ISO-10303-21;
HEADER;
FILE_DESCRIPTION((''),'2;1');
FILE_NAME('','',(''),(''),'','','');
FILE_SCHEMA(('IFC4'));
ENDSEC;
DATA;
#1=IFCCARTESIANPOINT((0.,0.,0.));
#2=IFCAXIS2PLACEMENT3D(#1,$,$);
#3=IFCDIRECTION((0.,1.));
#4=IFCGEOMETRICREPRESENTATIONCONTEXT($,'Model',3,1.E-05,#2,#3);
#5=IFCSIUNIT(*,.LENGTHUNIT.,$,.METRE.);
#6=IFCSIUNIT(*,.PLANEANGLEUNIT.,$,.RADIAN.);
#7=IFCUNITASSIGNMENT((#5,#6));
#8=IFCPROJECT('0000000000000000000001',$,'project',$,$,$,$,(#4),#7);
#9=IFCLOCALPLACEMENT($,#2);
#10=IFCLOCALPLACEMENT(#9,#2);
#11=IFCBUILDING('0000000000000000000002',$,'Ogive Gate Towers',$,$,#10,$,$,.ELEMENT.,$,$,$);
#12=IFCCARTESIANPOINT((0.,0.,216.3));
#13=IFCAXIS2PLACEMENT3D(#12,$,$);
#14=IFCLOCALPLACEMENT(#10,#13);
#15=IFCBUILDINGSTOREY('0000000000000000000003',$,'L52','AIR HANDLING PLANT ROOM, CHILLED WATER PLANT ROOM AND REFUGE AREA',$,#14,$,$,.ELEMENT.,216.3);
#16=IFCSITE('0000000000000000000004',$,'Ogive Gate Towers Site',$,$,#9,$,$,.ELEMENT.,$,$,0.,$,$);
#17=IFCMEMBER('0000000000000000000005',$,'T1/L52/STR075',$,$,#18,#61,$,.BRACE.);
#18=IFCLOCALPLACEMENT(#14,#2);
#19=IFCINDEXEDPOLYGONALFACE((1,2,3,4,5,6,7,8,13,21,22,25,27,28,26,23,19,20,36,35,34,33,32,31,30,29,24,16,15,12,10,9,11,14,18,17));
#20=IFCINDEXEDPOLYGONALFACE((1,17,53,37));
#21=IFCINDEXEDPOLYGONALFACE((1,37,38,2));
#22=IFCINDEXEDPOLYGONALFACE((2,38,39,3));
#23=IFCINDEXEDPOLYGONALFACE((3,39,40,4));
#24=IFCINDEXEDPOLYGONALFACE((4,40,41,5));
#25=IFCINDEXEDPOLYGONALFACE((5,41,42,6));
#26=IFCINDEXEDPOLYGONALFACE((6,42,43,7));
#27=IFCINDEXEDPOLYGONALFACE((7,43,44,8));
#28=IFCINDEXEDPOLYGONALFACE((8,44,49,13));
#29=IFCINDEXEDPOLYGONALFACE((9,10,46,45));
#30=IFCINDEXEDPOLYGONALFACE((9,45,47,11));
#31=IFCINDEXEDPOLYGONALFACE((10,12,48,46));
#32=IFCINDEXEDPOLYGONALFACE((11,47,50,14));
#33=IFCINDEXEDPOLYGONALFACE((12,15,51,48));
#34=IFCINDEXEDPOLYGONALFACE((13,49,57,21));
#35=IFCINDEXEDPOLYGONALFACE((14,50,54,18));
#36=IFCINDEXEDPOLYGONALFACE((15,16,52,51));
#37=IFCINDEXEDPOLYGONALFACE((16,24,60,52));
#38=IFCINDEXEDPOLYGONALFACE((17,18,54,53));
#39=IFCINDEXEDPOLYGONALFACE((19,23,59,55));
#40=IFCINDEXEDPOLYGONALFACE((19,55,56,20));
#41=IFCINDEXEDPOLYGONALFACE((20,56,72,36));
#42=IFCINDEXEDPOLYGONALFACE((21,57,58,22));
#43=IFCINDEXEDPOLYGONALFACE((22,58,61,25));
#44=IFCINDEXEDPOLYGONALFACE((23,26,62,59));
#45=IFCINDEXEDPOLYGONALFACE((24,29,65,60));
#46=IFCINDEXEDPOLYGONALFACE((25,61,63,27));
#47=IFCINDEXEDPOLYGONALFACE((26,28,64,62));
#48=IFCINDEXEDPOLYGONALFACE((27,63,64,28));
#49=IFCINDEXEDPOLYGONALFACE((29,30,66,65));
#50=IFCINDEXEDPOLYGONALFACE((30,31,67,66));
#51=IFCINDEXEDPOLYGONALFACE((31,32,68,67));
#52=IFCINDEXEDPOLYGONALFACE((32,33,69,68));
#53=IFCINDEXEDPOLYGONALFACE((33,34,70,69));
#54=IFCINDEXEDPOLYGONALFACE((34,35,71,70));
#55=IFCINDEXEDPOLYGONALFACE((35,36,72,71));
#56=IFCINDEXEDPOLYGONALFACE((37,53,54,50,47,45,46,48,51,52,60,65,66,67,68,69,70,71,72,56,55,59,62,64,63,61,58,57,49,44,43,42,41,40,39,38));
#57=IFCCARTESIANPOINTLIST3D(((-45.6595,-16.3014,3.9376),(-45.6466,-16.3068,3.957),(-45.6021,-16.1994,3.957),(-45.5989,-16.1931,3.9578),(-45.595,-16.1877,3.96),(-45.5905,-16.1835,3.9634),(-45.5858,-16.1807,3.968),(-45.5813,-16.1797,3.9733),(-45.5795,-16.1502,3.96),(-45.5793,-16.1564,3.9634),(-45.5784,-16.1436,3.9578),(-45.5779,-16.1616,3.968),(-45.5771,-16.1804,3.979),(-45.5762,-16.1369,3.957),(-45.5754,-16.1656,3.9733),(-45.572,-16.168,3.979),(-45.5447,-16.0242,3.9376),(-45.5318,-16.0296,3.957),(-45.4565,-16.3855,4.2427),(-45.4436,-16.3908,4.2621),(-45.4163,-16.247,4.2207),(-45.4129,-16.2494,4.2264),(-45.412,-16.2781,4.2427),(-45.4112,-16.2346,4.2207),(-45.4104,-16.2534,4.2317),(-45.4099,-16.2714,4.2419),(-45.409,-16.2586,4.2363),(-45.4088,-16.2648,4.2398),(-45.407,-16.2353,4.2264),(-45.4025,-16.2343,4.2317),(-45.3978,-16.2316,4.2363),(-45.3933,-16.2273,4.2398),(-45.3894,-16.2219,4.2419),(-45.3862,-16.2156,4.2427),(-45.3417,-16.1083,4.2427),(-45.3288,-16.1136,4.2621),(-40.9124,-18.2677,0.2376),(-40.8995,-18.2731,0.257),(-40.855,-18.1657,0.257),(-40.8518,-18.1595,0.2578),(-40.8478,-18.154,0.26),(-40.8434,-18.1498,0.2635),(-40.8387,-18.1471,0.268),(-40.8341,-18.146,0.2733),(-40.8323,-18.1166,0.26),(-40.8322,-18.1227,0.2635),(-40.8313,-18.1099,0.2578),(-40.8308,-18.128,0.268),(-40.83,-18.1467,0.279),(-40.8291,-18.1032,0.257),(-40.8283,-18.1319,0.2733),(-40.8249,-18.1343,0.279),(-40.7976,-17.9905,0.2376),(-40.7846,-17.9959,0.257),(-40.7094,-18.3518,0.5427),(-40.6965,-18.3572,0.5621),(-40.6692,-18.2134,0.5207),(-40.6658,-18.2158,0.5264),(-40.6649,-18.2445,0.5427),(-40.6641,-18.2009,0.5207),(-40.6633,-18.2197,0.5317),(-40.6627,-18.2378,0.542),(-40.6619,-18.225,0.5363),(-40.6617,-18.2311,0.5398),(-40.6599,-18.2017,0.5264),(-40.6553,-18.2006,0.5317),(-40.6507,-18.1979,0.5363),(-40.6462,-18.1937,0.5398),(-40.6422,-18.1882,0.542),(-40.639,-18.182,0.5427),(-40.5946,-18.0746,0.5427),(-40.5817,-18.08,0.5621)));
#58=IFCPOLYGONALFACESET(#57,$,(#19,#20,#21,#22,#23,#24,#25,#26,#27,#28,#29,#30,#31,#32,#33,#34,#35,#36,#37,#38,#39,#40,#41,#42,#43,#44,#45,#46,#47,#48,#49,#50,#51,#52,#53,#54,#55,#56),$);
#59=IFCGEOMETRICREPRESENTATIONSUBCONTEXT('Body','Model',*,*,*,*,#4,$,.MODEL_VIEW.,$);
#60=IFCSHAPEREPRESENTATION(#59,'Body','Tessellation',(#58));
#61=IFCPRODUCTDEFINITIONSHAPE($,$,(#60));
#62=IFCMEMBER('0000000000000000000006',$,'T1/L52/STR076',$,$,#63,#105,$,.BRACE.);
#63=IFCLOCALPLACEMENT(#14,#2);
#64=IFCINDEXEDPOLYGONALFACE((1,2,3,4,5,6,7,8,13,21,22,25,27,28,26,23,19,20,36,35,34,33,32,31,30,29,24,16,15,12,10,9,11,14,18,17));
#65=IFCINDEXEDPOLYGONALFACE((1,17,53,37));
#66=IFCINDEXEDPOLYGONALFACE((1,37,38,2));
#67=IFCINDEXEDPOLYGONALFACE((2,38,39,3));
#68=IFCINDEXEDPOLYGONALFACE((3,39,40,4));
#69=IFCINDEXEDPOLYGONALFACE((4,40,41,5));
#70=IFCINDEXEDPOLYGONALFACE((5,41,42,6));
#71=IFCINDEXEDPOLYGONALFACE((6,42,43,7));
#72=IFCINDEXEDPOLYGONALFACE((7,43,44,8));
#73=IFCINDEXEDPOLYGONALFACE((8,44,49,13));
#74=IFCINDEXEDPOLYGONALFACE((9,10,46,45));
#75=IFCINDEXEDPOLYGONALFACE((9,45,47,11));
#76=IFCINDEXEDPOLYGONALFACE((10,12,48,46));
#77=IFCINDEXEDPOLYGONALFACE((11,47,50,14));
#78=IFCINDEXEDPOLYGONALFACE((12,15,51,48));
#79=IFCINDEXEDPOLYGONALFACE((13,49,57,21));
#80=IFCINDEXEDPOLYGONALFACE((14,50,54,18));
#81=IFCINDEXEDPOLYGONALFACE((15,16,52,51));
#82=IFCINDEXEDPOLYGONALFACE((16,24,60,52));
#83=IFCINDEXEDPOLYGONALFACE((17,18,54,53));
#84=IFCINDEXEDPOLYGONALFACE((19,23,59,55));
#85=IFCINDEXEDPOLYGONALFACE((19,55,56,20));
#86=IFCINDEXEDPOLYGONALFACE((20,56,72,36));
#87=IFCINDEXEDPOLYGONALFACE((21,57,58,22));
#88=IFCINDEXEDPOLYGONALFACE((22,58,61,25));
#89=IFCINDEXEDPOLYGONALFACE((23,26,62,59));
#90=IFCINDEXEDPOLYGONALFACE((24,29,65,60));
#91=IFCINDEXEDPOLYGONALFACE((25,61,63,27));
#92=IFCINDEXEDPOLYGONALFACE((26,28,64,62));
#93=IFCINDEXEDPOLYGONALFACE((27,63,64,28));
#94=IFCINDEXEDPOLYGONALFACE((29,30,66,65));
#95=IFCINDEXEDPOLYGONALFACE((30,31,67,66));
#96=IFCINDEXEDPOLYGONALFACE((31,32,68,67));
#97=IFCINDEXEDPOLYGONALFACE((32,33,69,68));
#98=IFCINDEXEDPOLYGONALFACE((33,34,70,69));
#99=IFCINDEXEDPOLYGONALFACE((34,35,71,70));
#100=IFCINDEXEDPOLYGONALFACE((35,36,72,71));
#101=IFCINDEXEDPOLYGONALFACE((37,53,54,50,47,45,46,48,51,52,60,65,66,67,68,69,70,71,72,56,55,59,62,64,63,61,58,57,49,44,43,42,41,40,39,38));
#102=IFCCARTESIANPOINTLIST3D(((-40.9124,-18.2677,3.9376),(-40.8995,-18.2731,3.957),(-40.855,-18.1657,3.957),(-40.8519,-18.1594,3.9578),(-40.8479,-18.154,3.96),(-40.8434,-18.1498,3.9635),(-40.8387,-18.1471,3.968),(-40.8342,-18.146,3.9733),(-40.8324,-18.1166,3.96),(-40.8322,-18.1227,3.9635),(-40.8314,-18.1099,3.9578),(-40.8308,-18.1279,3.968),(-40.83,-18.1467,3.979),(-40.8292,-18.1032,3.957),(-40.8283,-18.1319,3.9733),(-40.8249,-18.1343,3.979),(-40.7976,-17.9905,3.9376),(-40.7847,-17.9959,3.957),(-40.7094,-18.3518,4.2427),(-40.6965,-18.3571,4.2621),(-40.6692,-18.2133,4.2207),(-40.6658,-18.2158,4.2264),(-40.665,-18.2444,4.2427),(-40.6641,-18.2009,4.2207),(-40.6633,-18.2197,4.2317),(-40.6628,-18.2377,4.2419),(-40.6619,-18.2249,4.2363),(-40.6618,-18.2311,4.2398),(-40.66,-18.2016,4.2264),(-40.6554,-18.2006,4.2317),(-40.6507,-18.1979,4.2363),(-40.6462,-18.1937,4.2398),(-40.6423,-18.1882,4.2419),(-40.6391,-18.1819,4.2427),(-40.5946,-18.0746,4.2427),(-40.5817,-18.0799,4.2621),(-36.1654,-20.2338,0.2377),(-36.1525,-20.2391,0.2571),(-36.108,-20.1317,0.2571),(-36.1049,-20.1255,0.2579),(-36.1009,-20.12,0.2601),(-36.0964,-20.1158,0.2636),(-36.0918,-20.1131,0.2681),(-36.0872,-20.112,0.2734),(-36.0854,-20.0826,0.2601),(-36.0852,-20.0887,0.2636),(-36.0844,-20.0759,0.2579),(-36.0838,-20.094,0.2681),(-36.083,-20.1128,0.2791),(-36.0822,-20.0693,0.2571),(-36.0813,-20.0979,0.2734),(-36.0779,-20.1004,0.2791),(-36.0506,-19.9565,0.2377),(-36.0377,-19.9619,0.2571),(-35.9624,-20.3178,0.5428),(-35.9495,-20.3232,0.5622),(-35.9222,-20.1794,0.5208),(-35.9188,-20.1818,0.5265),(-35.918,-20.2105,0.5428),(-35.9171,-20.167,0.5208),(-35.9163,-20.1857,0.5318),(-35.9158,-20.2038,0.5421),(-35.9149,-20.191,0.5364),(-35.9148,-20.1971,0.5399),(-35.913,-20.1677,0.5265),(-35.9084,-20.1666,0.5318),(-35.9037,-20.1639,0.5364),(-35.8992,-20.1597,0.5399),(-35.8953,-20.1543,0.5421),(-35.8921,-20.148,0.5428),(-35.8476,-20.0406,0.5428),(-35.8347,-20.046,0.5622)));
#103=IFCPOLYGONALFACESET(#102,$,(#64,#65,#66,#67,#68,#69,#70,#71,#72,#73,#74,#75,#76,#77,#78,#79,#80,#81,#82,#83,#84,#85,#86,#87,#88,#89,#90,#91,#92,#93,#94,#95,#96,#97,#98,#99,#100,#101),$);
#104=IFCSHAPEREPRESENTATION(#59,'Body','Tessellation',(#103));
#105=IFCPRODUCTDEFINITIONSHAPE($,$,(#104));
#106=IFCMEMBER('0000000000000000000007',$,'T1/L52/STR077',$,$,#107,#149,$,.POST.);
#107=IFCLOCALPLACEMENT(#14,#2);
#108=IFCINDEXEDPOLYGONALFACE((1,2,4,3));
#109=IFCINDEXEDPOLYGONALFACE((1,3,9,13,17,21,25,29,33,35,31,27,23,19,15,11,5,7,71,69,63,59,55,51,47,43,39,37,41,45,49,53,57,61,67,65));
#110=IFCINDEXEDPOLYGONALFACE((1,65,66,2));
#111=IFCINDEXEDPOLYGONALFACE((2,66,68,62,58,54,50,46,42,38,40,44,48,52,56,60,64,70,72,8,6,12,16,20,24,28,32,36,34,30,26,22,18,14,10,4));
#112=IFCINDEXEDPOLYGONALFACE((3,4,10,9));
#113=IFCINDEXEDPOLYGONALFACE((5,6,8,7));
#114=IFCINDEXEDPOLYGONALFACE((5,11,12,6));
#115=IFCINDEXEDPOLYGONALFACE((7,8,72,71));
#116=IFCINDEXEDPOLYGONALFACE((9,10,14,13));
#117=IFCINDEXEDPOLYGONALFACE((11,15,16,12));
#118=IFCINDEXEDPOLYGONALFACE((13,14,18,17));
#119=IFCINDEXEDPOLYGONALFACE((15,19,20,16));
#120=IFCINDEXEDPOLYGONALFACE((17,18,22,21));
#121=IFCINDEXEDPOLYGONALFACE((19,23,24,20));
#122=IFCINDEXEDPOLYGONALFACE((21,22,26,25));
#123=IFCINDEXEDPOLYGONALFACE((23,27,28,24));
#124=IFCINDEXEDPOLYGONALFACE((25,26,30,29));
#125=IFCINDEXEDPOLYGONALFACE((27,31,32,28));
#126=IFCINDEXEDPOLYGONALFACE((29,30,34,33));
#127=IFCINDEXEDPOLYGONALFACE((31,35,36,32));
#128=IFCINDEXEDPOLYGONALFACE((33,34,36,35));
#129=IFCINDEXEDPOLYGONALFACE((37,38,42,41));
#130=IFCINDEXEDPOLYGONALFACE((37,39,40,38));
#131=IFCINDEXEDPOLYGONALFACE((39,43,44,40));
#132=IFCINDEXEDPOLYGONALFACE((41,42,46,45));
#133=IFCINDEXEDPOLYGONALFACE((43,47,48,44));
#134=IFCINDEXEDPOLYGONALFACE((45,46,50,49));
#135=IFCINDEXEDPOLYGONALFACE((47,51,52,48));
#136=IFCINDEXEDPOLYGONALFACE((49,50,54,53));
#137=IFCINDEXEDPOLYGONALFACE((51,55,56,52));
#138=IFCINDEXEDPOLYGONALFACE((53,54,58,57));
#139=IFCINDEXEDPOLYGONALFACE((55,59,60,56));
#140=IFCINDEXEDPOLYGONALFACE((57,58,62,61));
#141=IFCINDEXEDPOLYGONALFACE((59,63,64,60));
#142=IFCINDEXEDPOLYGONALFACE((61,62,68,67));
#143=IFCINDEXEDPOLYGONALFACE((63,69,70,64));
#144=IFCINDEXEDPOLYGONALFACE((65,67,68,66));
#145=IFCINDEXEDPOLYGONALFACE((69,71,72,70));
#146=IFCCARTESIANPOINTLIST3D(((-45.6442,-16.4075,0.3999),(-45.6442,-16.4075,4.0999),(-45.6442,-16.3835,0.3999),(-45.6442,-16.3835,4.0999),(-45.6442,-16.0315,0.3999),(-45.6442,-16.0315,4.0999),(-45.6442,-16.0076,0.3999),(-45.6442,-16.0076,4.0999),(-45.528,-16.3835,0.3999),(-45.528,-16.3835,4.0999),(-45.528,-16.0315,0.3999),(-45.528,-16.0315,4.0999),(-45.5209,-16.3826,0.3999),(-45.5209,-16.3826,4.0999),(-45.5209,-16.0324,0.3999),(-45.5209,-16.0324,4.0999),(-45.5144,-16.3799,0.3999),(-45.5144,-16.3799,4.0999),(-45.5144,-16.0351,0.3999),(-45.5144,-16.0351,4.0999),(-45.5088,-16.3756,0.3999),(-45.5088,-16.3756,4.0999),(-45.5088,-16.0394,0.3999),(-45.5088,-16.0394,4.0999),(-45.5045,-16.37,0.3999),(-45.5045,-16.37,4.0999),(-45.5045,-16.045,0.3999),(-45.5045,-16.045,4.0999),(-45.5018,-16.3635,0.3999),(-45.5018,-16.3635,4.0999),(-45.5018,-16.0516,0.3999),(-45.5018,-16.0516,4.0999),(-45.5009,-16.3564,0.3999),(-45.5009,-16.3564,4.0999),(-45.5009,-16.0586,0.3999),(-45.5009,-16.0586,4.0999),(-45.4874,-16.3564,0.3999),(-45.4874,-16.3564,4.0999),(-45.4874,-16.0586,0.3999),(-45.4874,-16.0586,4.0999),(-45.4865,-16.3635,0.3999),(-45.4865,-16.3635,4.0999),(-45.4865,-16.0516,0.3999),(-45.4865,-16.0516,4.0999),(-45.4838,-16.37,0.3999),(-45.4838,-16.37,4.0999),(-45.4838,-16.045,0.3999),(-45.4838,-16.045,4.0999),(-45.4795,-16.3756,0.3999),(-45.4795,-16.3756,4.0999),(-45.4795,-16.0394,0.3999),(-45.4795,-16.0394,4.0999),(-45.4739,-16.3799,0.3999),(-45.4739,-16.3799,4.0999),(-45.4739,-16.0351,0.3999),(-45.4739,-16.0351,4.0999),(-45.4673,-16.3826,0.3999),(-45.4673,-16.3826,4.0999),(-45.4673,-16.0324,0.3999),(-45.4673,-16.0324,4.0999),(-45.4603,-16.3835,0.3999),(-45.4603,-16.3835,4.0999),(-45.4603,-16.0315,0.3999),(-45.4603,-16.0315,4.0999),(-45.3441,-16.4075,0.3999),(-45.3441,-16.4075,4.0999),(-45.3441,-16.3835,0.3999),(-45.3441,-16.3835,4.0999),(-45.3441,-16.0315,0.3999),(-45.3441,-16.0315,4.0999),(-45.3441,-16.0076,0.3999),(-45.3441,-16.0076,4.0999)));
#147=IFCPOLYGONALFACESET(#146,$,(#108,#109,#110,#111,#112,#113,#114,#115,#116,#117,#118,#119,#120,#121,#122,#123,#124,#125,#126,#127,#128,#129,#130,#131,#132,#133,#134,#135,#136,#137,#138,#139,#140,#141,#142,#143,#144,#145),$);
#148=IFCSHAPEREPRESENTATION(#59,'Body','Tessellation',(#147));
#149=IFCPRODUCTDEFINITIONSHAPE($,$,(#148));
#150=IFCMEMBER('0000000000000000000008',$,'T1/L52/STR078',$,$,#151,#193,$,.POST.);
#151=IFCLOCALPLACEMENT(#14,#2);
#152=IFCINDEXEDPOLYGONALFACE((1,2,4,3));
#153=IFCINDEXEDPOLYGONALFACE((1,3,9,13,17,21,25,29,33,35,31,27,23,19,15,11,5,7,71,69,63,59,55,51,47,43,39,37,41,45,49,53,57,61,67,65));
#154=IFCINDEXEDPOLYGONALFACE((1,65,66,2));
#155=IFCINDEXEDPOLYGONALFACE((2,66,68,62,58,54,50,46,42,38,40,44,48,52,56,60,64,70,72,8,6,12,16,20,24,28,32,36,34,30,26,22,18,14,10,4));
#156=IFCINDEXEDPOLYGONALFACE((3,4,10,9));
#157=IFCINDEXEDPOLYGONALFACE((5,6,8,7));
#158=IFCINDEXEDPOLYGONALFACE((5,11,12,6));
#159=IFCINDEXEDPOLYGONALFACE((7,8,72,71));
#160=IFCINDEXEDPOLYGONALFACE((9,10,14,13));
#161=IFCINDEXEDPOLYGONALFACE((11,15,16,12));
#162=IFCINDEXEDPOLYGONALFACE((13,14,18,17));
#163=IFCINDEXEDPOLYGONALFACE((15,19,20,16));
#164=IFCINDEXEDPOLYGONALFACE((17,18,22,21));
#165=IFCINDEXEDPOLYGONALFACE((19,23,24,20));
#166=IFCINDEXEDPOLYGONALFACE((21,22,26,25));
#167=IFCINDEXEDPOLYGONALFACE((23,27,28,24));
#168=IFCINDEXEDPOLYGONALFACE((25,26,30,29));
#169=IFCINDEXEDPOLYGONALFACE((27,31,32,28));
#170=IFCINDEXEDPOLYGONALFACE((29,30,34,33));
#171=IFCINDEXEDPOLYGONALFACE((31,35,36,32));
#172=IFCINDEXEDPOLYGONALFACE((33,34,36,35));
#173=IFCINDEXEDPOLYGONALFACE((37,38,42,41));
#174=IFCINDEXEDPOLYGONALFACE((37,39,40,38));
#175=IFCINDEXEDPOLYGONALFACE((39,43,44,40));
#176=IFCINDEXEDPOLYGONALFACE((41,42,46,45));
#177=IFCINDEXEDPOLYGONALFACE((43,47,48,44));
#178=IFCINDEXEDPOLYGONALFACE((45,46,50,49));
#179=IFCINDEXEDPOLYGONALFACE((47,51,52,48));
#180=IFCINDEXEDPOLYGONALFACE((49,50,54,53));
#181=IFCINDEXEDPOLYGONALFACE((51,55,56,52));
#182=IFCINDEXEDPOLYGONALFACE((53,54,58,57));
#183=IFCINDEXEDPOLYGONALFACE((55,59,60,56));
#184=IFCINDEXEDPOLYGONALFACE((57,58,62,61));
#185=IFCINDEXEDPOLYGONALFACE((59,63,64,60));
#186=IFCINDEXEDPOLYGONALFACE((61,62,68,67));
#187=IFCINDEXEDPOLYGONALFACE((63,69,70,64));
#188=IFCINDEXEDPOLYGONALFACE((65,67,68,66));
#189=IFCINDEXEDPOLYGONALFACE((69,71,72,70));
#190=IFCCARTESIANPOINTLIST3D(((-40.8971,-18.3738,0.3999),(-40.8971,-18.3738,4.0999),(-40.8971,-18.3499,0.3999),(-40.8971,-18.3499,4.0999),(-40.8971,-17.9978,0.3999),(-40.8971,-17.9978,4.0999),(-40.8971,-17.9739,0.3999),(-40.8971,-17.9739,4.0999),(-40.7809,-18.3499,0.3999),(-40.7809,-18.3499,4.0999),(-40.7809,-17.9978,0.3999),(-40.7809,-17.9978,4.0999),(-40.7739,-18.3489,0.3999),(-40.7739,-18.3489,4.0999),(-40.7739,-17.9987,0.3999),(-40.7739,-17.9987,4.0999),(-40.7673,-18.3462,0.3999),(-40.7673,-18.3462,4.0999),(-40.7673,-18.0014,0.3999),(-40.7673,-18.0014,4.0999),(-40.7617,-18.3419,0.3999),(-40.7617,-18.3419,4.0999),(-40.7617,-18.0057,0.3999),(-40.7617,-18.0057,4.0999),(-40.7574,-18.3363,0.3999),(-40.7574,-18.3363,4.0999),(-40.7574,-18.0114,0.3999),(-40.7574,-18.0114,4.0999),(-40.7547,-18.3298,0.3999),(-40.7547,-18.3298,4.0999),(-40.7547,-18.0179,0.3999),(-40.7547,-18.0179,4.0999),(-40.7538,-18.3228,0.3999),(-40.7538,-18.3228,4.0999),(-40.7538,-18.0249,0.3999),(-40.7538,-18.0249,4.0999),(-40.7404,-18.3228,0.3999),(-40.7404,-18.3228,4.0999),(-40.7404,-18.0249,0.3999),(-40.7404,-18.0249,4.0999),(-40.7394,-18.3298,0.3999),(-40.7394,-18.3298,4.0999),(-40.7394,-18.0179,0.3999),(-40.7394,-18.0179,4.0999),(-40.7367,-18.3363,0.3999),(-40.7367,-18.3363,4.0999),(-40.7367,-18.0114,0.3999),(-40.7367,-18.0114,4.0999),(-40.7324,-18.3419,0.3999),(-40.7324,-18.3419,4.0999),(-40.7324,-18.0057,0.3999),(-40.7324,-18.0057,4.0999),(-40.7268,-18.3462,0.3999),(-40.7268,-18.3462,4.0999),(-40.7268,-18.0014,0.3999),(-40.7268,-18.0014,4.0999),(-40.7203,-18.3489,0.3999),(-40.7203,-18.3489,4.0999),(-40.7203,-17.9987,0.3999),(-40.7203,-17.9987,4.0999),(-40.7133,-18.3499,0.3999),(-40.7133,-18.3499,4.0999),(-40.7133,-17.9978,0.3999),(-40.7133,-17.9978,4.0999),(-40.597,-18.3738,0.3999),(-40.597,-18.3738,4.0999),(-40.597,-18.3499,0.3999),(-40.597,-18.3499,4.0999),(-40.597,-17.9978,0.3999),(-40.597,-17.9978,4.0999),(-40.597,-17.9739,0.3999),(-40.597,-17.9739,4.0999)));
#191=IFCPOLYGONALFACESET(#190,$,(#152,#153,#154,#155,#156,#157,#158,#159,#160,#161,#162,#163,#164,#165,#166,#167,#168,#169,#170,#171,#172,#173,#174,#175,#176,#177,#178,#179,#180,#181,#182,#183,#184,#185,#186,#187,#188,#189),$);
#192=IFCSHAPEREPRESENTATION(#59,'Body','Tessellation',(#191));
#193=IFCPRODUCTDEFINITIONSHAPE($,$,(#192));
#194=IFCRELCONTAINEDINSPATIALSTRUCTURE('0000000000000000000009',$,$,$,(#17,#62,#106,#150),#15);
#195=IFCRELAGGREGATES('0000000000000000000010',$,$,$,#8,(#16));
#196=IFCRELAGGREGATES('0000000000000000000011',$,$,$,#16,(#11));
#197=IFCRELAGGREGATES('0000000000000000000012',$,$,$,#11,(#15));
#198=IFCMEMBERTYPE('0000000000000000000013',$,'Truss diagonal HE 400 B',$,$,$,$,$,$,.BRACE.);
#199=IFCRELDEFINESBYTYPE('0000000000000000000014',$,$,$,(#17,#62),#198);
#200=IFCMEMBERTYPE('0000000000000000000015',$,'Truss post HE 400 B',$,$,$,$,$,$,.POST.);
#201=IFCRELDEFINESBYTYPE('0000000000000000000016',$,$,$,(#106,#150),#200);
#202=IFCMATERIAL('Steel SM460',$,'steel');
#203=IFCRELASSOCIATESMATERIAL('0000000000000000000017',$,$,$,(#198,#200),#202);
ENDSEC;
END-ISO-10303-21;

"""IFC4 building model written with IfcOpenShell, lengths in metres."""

from ifc_helpers import new_model, si_unit, direction, frame, origin, origin_2d, place, context, subcontext, project, spatial, i_section, extrude, material, material_profile, profile_set, type_object, element, save


model = new_model("IFC4")

# Units and contexts
model_context = context("Model", 3, precision=1e-05, world=origin(), true_north=direction((0.0, 1.0)))
body_context = subcontext(model_context, "Body", "Model", "MODEL_VIEW")
ifc_project = project(units=[si_unit("LENGTHUNIT", "METRE"), si_unit("PLANEANGLEUNIT", "RADIAN")], contexts=[model_context])

# Site, building, storey
site_placement = place(None, origin())
site = spatial("IfcSite", under=ifc_project, at=site_placement, Name="Ogive Gate Towers Site", CompositionType="ELEMENT", RefElevation=0.0)
building_placement = place(site_placement, origin())
building = spatial("IfcBuilding", under=site, at=building_placement, Name="Ogive Gate Towers", CompositionType="ELEMENT")
storey_placement = place(building_placement, frame((0.0, 0.0, 216.3)))
storey = spatial("IfcBuildingStorey", under=building, at=storey_placement, Name="L52", Description="AIR HANDLING PLANT ROOM, CHILLED WATER PLANT ROOM AND REFUGE AREA", CompositionType="ELEMENT", Elevation=216.3)

# Shared definitions
ifc_material_1 = material(Name="Steel SM460", Category="steel")

# Members
ifc_material_profile_1 = material_profile(ifc_material_1, i_section(OverallWidth=0.3, OverallDepth=0.3999, WebThickness=0.0134, FlangeThickness=0.0239, FilletRadius=0.0271, at=origin_2d()), Name="HE 400 B")
ifc_profile_set_1 = profile_set([ifc_material_profile_1], Name="Steel SM460")
member_type_1 = type_object("IfcMemberType", Name="Truss diagonal HE 400 B", PredefinedType="BRACE", material=ifc_profile_set_1)
member_1_placement = place(storey_placement, frame((-45.4941, -16.2075, 4.0999), z_axis=(0.749728, -0.310549, -0.584352), x_axis=(0.382685, 0.923879, 0.0)))
element("IfcMember", 1, at=member_1_placement, inside=storey, type_object=member_type_1, Name="T1/L52/STR075", PredefinedType="BRACE", context=body_context, shape_type="SweptSolid", body=[
    extrude(i_section(OverallWidth=0.3, OverallDepth=0.3999, WebThickness=0.0134, FlangeThickness=0.0239, FilletRadius=0.0271, at=origin_2d()), origin(), (0.0, 0.0, 1.0), 6.3318),
])
member_2_placement = place(storey_placement, frame((-40.7471, -18.1738, 4.0999), z_axis=(0.749737, -0.310514, -0.584359), x_axis=(0.382644, 0.923896, 0.0)))
element("IfcMember", 2, at=member_2_placement, inside=storey, type_object=member_type_1, Name="T1/L52/STR076", PredefinedType="BRACE", context=body_context, shape_type="SweptSolid", body=[
    extrude(i_section(OverallWidth=0.3, OverallDepth=0.3999, WebThickness=0.0134, FlangeThickness=0.0239, FilletRadius=0.0271, at=origin_2d()), origin(), (0.0, 0.0, 1.0), 6.3315),
])
ifc_material_profile_2 = material_profile(ifc_material_1, i_section(OverallWidth=0.3, OverallDepth=0.3999, WebThickness=0.0134, FlangeThickness=0.0239, FilletRadius=0.0271, at=origin_2d()), Name="HE 400 B")
ifc_profile_set_2 = profile_set([ifc_material_profile_2], Name="Steel SM460")
member_type_2 = type_object("IfcMemberType", Name="Truss post HE 400 B", PredefinedType="POST", material=ifc_profile_set_2)
for number, where, z_axis, x_axis, name in (
    (3, (-45.4941, -16.2075, 0.3999), (0.0, 0.0, 1.0), (1.0, 0.0, 0.0), "T1/L52/STR077"),
    (4, (-40.7471, -18.1738, 0.3999), (0.0, 0.0, 1.0), (1.0, 0.0, 0.0), "T1/L52/STR078"),
):
    element("IfcMember", number, at=place(storey_placement, frame(where, z_axis=z_axis, x_axis=x_axis)), inside=storey, type_object=member_type_2, Name=name, PredefinedType="POST", context=body_context, shape_type="SweptSolid", body=[
        extrude(i_section(OverallWidth=0.3, OverallDepth=0.3999, WebThickness=0.0134, FlangeThickness=0.0239, FilletRadius=0.0271, at=origin_2d()), origin(), (0.0, 0.0, 1.0), 3.7),
    ])

save(model, "model.ifc")
